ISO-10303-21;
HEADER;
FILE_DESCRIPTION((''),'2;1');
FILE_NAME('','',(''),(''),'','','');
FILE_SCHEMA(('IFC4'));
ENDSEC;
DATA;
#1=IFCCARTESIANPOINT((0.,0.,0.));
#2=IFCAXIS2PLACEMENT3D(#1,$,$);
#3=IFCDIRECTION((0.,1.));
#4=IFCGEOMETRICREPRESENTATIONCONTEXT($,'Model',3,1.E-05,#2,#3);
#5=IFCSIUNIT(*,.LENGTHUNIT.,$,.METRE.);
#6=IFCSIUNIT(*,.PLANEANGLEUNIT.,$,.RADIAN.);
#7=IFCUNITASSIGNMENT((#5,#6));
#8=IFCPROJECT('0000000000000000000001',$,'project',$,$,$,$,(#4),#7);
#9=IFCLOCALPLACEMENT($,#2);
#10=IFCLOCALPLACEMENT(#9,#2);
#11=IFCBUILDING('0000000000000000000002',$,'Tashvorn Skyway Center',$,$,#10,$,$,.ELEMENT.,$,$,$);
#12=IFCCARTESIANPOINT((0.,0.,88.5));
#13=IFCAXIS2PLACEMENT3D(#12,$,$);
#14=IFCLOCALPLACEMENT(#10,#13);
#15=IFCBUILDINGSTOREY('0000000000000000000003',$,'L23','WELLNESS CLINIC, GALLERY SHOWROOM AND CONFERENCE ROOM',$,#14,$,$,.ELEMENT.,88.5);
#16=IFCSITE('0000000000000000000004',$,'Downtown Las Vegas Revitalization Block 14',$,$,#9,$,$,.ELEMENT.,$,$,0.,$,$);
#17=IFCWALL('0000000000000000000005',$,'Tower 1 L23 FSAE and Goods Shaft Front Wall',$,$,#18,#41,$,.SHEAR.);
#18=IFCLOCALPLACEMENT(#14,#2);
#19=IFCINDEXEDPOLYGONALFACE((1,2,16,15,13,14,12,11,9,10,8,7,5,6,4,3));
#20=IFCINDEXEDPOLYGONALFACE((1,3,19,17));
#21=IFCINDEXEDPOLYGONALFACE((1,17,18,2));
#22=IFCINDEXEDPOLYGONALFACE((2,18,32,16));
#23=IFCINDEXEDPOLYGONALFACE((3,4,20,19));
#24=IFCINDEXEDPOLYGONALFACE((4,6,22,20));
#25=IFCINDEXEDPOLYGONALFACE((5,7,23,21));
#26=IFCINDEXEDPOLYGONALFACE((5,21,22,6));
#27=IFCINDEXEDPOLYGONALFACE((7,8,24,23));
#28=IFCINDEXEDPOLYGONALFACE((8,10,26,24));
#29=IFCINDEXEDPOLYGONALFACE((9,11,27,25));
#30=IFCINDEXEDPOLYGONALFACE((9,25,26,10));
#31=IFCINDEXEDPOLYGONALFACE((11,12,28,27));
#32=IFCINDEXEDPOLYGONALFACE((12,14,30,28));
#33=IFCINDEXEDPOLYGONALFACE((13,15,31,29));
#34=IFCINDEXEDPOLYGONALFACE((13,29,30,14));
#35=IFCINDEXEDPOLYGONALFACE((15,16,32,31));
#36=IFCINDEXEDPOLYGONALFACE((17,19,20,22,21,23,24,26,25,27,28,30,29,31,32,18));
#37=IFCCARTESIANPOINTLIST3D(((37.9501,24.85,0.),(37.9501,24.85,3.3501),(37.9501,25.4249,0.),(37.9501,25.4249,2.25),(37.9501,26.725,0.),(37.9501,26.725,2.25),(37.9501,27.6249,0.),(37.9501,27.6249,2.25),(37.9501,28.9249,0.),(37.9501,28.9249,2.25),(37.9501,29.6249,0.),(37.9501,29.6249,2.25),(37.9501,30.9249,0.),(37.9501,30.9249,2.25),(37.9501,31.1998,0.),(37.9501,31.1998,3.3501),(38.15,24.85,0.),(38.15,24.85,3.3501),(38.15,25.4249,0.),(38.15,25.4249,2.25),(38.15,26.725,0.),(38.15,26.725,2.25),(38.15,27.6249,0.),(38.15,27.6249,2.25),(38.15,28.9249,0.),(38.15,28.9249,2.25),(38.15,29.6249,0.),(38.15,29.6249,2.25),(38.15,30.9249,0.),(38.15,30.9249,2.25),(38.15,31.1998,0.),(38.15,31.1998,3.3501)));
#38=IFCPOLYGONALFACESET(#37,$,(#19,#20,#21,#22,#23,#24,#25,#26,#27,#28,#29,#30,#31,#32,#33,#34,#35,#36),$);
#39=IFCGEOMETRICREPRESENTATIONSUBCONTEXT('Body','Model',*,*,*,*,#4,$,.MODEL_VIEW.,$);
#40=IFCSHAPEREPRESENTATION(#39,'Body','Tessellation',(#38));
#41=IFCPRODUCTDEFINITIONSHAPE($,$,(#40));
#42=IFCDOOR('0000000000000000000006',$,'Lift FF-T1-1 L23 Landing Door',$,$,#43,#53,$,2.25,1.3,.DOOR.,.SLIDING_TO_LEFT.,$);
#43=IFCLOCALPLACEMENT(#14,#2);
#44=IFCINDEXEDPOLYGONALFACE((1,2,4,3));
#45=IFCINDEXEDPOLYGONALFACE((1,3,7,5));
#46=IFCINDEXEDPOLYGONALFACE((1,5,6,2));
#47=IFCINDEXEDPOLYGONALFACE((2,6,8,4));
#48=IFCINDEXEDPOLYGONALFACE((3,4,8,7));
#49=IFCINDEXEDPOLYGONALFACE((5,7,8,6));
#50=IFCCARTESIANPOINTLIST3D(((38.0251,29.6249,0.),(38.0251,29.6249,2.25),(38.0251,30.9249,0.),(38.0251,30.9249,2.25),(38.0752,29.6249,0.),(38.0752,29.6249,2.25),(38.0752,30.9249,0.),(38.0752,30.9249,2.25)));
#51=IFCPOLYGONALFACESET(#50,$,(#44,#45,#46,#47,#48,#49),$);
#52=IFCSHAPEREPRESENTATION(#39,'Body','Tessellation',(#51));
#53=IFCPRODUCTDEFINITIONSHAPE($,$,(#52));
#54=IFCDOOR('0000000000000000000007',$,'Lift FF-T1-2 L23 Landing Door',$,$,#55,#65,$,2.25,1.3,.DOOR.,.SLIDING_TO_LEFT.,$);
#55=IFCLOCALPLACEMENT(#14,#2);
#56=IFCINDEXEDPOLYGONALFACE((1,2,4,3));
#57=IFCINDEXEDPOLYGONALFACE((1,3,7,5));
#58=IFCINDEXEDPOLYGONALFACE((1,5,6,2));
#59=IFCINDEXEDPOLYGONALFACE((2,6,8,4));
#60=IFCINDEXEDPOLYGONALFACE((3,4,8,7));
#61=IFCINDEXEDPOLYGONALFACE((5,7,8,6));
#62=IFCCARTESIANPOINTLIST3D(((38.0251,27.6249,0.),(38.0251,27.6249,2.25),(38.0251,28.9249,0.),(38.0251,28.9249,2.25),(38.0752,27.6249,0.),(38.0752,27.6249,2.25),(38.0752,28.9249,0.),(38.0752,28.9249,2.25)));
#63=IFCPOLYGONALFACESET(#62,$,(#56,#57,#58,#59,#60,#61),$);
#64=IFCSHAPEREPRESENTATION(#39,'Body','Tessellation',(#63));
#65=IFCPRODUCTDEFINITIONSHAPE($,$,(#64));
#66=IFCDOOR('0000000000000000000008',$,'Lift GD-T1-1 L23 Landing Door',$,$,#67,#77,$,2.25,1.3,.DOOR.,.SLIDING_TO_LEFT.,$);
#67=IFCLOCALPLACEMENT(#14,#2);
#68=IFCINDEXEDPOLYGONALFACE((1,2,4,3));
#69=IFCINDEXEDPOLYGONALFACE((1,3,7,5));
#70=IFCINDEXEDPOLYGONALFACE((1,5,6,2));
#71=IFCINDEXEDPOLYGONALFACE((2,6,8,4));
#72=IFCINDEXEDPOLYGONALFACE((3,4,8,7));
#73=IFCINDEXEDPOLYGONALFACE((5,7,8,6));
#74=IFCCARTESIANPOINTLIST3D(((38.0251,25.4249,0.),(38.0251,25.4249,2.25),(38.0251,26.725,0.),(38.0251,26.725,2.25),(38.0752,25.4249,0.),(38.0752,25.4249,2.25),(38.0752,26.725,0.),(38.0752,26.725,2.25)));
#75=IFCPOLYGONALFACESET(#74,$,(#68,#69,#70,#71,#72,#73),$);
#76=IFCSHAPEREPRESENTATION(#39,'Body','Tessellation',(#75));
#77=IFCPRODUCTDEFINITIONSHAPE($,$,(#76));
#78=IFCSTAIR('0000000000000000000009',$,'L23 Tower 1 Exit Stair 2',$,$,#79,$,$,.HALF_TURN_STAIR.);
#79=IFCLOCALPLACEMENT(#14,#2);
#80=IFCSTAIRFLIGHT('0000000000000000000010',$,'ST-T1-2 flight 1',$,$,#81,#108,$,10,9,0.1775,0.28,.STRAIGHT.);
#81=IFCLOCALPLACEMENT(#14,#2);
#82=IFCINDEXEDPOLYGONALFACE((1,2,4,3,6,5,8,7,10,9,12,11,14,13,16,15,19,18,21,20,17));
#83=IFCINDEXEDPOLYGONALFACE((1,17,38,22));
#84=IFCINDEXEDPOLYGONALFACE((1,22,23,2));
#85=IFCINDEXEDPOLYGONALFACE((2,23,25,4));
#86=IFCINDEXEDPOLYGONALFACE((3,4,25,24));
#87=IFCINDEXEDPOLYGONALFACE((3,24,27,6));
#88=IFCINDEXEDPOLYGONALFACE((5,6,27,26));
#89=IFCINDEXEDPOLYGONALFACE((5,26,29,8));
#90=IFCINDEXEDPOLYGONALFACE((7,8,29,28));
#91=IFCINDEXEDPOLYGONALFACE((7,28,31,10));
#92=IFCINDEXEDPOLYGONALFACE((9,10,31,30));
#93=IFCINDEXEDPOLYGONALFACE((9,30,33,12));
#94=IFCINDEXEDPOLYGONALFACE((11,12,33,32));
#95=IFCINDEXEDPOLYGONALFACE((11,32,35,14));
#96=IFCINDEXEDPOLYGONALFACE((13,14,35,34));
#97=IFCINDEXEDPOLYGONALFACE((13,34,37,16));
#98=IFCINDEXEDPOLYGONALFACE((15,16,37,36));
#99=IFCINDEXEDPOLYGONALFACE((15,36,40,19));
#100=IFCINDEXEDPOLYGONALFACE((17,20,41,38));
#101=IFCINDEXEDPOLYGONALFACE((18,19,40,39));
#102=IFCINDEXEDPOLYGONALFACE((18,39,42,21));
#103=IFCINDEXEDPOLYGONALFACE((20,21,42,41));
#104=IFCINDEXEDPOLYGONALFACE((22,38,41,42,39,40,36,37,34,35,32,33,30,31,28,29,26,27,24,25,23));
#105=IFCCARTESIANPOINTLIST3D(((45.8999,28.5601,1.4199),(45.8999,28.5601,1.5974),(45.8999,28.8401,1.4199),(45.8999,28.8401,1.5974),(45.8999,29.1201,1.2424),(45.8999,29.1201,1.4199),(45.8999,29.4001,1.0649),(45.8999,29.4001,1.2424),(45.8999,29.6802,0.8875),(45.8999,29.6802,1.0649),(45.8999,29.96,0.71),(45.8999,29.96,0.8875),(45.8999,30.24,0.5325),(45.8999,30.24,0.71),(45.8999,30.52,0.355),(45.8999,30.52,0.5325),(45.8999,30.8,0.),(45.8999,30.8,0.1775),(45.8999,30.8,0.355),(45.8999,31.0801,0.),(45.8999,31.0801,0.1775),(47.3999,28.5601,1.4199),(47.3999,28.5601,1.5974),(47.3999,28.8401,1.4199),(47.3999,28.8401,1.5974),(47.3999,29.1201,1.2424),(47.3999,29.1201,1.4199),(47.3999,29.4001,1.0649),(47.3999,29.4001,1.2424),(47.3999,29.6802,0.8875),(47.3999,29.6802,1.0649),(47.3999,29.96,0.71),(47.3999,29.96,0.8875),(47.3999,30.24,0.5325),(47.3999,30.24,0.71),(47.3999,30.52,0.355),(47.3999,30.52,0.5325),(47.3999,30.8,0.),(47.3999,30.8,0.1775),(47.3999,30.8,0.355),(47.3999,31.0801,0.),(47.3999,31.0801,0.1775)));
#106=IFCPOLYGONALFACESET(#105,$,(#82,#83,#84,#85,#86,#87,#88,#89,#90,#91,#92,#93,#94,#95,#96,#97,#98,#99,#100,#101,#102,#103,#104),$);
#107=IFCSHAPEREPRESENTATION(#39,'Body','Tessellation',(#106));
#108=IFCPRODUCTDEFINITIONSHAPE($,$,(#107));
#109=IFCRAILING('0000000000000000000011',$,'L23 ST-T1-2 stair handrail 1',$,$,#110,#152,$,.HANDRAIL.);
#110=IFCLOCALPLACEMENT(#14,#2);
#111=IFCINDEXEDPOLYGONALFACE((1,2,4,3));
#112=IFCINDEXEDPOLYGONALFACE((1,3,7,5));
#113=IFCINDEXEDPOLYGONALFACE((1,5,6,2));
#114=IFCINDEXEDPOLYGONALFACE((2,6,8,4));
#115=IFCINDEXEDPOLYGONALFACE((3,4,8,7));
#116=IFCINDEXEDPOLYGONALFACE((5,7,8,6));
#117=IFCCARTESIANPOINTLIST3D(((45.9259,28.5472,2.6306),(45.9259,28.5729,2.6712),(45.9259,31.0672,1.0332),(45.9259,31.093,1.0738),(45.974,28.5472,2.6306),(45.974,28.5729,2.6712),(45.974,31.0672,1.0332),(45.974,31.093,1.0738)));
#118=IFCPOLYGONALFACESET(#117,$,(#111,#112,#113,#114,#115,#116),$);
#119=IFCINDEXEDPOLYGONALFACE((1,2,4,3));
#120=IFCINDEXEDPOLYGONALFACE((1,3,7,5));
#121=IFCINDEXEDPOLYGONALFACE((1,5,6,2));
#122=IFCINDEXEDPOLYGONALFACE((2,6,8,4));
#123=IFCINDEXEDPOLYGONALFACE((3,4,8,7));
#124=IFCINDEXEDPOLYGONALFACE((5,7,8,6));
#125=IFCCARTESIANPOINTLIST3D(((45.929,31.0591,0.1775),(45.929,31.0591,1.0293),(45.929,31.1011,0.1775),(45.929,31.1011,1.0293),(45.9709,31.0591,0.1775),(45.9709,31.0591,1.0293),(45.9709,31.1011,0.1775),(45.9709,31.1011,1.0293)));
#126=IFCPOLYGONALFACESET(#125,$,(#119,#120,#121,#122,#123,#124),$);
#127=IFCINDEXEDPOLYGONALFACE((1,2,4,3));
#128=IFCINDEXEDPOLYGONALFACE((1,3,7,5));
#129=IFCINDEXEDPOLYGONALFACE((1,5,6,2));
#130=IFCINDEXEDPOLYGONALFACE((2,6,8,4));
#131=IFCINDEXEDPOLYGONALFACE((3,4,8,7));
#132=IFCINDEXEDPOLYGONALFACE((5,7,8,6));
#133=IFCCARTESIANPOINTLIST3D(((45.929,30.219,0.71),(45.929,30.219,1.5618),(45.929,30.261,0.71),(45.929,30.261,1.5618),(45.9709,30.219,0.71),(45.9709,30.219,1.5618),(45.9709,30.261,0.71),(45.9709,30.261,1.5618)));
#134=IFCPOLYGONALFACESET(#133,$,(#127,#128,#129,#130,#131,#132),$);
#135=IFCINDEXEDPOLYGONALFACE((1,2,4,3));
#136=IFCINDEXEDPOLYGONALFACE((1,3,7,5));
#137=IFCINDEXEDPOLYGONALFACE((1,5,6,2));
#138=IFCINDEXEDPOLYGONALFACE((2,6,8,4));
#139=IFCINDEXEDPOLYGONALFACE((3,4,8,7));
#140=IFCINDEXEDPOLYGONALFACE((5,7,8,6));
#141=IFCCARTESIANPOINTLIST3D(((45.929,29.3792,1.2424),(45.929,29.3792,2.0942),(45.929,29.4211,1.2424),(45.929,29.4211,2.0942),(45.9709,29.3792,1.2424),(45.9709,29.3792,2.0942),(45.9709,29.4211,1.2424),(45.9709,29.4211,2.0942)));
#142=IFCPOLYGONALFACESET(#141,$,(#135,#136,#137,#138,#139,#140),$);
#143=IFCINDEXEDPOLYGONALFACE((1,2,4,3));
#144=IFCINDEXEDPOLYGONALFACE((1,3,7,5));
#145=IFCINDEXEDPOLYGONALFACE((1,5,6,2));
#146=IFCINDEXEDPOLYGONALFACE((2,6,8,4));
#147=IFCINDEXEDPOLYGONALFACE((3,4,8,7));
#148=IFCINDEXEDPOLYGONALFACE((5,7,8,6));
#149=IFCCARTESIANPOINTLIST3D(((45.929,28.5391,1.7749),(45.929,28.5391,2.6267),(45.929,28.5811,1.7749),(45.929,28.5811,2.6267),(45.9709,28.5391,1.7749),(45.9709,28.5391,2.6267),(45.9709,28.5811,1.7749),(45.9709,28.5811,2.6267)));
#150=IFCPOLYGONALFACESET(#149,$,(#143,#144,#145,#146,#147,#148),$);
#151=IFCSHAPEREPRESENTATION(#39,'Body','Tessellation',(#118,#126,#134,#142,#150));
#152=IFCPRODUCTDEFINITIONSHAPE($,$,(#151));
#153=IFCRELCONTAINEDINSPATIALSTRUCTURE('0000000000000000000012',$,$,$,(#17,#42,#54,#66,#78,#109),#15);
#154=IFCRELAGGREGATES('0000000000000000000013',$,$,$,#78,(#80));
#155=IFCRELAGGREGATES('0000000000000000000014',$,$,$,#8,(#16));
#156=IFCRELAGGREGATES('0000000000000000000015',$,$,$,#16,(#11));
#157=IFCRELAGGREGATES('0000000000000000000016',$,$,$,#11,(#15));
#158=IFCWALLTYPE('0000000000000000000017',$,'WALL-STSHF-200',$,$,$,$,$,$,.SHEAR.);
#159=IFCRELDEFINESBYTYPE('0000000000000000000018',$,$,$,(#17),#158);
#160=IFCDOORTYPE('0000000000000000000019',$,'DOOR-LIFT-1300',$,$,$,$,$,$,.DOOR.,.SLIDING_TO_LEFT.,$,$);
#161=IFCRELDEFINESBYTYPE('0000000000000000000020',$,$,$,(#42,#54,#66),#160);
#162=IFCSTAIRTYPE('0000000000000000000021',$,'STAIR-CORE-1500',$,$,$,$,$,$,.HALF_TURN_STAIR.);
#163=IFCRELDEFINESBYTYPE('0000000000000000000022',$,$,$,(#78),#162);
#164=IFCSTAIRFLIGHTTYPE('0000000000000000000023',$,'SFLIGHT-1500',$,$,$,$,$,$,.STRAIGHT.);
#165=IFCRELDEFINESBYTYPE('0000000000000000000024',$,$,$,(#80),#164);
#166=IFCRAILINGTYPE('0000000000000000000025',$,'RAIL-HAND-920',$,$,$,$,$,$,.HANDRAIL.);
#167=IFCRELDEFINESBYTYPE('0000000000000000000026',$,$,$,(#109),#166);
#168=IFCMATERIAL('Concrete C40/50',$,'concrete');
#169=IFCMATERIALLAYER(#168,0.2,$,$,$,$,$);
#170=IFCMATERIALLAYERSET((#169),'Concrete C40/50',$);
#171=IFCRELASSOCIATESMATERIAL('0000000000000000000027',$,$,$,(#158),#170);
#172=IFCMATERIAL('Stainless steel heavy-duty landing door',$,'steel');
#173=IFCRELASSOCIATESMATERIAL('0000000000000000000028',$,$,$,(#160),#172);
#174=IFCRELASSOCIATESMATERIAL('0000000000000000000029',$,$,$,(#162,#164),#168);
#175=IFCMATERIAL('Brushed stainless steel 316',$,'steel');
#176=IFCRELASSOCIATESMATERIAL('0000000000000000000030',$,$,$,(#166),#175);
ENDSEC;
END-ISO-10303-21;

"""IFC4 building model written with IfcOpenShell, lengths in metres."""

from ifc_helpers import new_model, si_unit, direction, frame, frame_2d, origin, origin_2d, place, context, subcontext, project, spatial, polyline, rectangle, outline, extrude, material, layer, layer_set, type_object, element, fill, aggregate, save


model = new_model("IFC4")

# Units and contexts
model_context = context("Model", 3, precision=1e-05, world=origin(), true_north=direction((0.0, 1.0)))
body_context = subcontext(model_context, "Body", "Model", "MODEL_VIEW")
ifc_project = project(units=[si_unit("LENGTHUNIT", "METRE"), si_unit("PLANEANGLEUNIT", "RADIAN")], contexts=[model_context])

# Site, building, storey
site_placement = place(None, origin())
site = spatial("IfcSite", under=ifc_project, at=site_placement, Name="Downtown Las Vegas Revitalization Block 14", CompositionType="ELEMENT", RefElevation=0.0)
building_placement = place(site_placement, origin())
building = spatial("IfcBuilding", under=site, at=building_placement, Name="Tashvorn Skyway Center", CompositionType="ELEMENT")
storey_placement = place(building_placement, frame((0.0, 0.0, 88.5)))
storey = spatial("IfcBuildingStorey", under=building, at=storey_placement, Name="L23", Description="WELLNESS CLINIC, GALLERY SHOWROOM AND CONFERENCE ROOM", CompositionType="ELEMENT", Elevation=88.5)

# Shared definitions
ifc_material_1 = material(Name="Concrete C40/50", Category="concrete")

# Shared definitions
ifc_layer_1 = layer(ifc_material_1, 0.2)
ifc_layer_set_1 = layer_set([ifc_layer_1], Name="Concrete C40/50")
wall_type_1 = type_object("IfcWallType", Name="WALL-STSHF-200", PredefinedType="SHEAR", material=ifc_layer_set_1)

# Wall, openings, doors
wall_1_placement = place(storey_placement, frame((38.05, 24.8501, 0.0), z_axis=(0.0, 0.0, 1.0), x_axis=(0.0, 1.0, 0.0)))
wall_1 = element("IfcWall", 1, at=wall_1_placement, inside=storey, type_object=wall_type_1, Name="Tower 1 L23 FSAE and Goods Shaft Front Wall", PredefinedType="SHEAR", context=body_context, shape_type="SweptSolid", body=[
    extrude(rectangle(XDim=6.3499, YDim=0.2, at=frame_2d((3.1748, 0.0))), origin(), (0.0, 0.0, 1.0), 3.3501),
])
opening_1_placement = place(wall_1_placement, frame((4.7749, 0.0, 0.0)))
opening_1 = element("IfcOpeningElement", 2, at=opening_1_placement, cuts=wall_1, PredefinedType="OPENING", context=body_context, shape_type="SweptSolid", body=[
    extrude(rectangle(XDim=1.3, YDim=2.25, at=frame_2d((0.6499, 1.125))), frame((0.0, 0.1099, 0.0), z_axis=(0.0, -1.0, 0.0), x_axis=(1.0, 0.0, 0.0)), (0.0, 0.0, 1.0), 0.22),
])
opening_2_placement = place(wall_1_placement, frame((2.7749, 0.0, 0.0)))
opening_2 = element("IfcOpeningElement", 3, at=opening_2_placement, cuts=wall_1, PredefinedType="OPENING", context=body_context, shape_type="SweptSolid", body=[
    extrude(rectangle(XDim=1.3, YDim=2.25, at=frame_2d((0.6499, 1.125))), frame((0.0, 0.1099, 0.0), z_axis=(0.0, -1.0, 0.0), x_axis=(1.0, 0.0, 0.0)), (0.0, 0.0, 1.0), 0.22),
])
opening_3_placement = place(wall_1_placement, frame((0.575, 0.0, 0.0)))
opening_3 = element("IfcOpeningElement", 4, at=opening_3_placement, cuts=wall_1, PredefinedType="OPENING", context=body_context, shape_type="SweptSolid", body=[
    extrude(rectangle(XDim=1.3, YDim=2.25, at=frame_2d((0.6499, 1.125))), frame((0.0, 0.1099, 0.0), z_axis=(0.0, -1.0, 0.0), x_axis=(1.0, 0.0, 0.0)), (0.0, 0.0, 1.0), 0.22),
])
ifc_material_2 = material(Name="Stainless steel heavy-duty landing door", Category="steel")
door_type_1 = type_object("IfcDoorType", Name="DOOR-LIFT-1300", OperationType="SLIDING_TO_LEFT", PredefinedType="DOOR", material=ifc_material_2)
door_1_placement = place(opening_1_placement, origin())
door_1 = element("IfcDoor", 5, at=door_1_placement, inside=storey, type_object=door_type_1, Name="Lift FF-T1-1 L23 Landing Door", OperationType="SLIDING_TO_LEFT", OverallHeight=2.25, OverallWidth=1.3, PredefinedType="DOOR", context=body_context, shape_type="SweptSolid", body=[
    extrude(rectangle(XDim=1.3, YDim=2.25, at=frame_2d((0.6499, 1.125))), frame((0.0, 0.0249, 0.0), z_axis=(0.0, -1.0, 0.0), x_axis=(1.0, 0.0, 0.0)), (0.0, 0.0, 1.0), 0.05),
])
fill(opening_1, door_1)
door_2_placement = place(opening_2_placement, origin())
door_2 = element("IfcDoor", 6, at=door_2_placement, inside=storey, type_object=door_type_1, Name="Lift FF-T1-2 L23 Landing Door", OperationType="SLIDING_TO_LEFT", OverallHeight=2.25, OverallWidth=1.3, PredefinedType="DOOR", context=body_context, shape_type="SweptSolid", body=[
    extrude(rectangle(XDim=1.3, YDim=2.25, at=frame_2d((0.6499, 1.125))), frame((0.0, 0.0249, 0.0), z_axis=(0.0, -1.0, 0.0), x_axis=(1.0, 0.0, 0.0)), (0.0, 0.0, 1.0), 0.05),
])
fill(opening_2, door_2)
door_3_placement = place(opening_3_placement, origin())
door_3 = element("IfcDoor", 7, at=door_3_placement, inside=storey, type_object=door_type_1, Name="Lift GD-T1-1 L23 Landing Door", OperationType="SLIDING_TO_LEFT", OverallHeight=2.25, OverallWidth=1.3, PredefinedType="DOOR", context=body_context, shape_type="SweptSolid", body=[
    extrude(rectangle(XDim=1.3, YDim=2.25, at=frame_2d((0.6499, 1.125))), frame((0.0, 0.0249, 0.0), z_axis=(0.0, -1.0, 0.0), x_axis=(1.0, 0.0, 0.0)), (0.0, 0.0, 1.0), 0.05),
])
fill(opening_3, door_3)

# Stair, stair flight
stair_type = type_object("IfcStairType", Name="STAIR-CORE-1500", PredefinedType="HALF_TURN_STAIR", material=ifc_material_1)
stair_placement = place(storey_placement, origin())
stair = element("IfcStair", 8, at=stair_placement, inside=storey, type_object=stair_type, Name="L23 Tower 1 Exit Stair 2", PredefinedType="HALF_TURN_STAIR")
stair_flight_type = type_object("IfcStairFlightType", Name="SFLIGHT-1500", PredefinedType="STRAIGHT", material=ifc_material_1)
stair_flight_placement = place(storey_placement, frame((46.6499, 31.0801, 0.0), z_axis=(0.0, 0.0, 1.0), x_axis=(0.0, -1.0, 0.0)))
stair_flight = element("IfcStairFlight", 9, at=stair_flight_placement, type_object=stair_flight_type, Name="ST-T1-2 flight 1", NumberOfRisers=10, NumberOfTreads=9, PredefinedType="STRAIGHT", RiserHeight=0.1775, TreadLength=0.28, context=body_context, shape_type="SweptSolid", body=[
    extrude(outline(polyline([(0.0, 0.0), (0.0, 0.1775), (0.28, 0.1775), (0.28, 0.355), (0.5601, 0.355), (0.5601, 0.5325), (0.8401, 0.5325), (0.8401, 0.71), (1.1201, 0.71), (1.1201, 0.8875), (1.3999, 0.8875), (1.3999, 1.0649), (1.6799, 1.0649), (1.6799, 1.2424), (1.96, 1.2424), (1.96, 1.4199), (2.24, 1.4199), (2.24, 1.5974), (2.52, 1.5974), (2.52, 1.7749), (2.52, 1.4199), (0.28, 0.0), (0.0, 0.0)])), frame((0.0, 0.75, 0.0), z_axis=(0.0, -1.0, 0.0), x_axis=(1.0, 0.0, 0.0)), (0.0, 0.0, 1.0), 1.5),
])
aggregate(stair, [stair_flight])

# Railing
ifc_material_3 = material(Name="Brushed stainless steel 316", Category="steel")
railing_type_1 = type_object("IfcRailingType", Name="RAIL-HAND-920", PredefinedType="HANDRAIL", material=ifc_material_3)
railing_1_placement = place(storey_placement, frame((45.95, 31.0801, 0.1775)))
element("IfcRailing", 10, at=railing_1_placement, inside=storey, type_object=railing_type_1, Name="L23 ST-T1-2 stair handrail 1", PredefinedType="HANDRAIL", context=body_context, shape_type="SweptSolid", body=[
    extrude(rectangle(XDim=0.0481, YDim=0.0481, at=origin_2d()), frame((0.0, 0.0, 0.876), z_axis=(0.0, -0.844607, 0.535387), x_axis=(1.0, 0.0, 0.0)), (0.0, 0.0, 1.0), 2.9836),
    extrude(rectangle(XDim=0.042, YDim=0.042, at=origin_2d()), origin(), (0.0, 0.0, 1.0), 0.8518),
    extrude(rectangle(XDim=0.042, YDim=0.042, at=origin_2d()), frame((0.0, -0.8401, 0.5325)), (0.0, 0.0, 1.0), 0.8518),
    extrude(rectangle(XDim=0.042, YDim=0.042, at=origin_2d()), frame((0.0, -1.6799, 1.0649)), (0.0, 0.0, 1.0), 0.8518),
    extrude(rectangle(XDim=0.042, YDim=0.042, at=origin_2d()), frame((0.0, -2.52, 1.5974)), (0.0, 0.0, 1.0), 0.8518),
])

save(model, "model.ifc")
